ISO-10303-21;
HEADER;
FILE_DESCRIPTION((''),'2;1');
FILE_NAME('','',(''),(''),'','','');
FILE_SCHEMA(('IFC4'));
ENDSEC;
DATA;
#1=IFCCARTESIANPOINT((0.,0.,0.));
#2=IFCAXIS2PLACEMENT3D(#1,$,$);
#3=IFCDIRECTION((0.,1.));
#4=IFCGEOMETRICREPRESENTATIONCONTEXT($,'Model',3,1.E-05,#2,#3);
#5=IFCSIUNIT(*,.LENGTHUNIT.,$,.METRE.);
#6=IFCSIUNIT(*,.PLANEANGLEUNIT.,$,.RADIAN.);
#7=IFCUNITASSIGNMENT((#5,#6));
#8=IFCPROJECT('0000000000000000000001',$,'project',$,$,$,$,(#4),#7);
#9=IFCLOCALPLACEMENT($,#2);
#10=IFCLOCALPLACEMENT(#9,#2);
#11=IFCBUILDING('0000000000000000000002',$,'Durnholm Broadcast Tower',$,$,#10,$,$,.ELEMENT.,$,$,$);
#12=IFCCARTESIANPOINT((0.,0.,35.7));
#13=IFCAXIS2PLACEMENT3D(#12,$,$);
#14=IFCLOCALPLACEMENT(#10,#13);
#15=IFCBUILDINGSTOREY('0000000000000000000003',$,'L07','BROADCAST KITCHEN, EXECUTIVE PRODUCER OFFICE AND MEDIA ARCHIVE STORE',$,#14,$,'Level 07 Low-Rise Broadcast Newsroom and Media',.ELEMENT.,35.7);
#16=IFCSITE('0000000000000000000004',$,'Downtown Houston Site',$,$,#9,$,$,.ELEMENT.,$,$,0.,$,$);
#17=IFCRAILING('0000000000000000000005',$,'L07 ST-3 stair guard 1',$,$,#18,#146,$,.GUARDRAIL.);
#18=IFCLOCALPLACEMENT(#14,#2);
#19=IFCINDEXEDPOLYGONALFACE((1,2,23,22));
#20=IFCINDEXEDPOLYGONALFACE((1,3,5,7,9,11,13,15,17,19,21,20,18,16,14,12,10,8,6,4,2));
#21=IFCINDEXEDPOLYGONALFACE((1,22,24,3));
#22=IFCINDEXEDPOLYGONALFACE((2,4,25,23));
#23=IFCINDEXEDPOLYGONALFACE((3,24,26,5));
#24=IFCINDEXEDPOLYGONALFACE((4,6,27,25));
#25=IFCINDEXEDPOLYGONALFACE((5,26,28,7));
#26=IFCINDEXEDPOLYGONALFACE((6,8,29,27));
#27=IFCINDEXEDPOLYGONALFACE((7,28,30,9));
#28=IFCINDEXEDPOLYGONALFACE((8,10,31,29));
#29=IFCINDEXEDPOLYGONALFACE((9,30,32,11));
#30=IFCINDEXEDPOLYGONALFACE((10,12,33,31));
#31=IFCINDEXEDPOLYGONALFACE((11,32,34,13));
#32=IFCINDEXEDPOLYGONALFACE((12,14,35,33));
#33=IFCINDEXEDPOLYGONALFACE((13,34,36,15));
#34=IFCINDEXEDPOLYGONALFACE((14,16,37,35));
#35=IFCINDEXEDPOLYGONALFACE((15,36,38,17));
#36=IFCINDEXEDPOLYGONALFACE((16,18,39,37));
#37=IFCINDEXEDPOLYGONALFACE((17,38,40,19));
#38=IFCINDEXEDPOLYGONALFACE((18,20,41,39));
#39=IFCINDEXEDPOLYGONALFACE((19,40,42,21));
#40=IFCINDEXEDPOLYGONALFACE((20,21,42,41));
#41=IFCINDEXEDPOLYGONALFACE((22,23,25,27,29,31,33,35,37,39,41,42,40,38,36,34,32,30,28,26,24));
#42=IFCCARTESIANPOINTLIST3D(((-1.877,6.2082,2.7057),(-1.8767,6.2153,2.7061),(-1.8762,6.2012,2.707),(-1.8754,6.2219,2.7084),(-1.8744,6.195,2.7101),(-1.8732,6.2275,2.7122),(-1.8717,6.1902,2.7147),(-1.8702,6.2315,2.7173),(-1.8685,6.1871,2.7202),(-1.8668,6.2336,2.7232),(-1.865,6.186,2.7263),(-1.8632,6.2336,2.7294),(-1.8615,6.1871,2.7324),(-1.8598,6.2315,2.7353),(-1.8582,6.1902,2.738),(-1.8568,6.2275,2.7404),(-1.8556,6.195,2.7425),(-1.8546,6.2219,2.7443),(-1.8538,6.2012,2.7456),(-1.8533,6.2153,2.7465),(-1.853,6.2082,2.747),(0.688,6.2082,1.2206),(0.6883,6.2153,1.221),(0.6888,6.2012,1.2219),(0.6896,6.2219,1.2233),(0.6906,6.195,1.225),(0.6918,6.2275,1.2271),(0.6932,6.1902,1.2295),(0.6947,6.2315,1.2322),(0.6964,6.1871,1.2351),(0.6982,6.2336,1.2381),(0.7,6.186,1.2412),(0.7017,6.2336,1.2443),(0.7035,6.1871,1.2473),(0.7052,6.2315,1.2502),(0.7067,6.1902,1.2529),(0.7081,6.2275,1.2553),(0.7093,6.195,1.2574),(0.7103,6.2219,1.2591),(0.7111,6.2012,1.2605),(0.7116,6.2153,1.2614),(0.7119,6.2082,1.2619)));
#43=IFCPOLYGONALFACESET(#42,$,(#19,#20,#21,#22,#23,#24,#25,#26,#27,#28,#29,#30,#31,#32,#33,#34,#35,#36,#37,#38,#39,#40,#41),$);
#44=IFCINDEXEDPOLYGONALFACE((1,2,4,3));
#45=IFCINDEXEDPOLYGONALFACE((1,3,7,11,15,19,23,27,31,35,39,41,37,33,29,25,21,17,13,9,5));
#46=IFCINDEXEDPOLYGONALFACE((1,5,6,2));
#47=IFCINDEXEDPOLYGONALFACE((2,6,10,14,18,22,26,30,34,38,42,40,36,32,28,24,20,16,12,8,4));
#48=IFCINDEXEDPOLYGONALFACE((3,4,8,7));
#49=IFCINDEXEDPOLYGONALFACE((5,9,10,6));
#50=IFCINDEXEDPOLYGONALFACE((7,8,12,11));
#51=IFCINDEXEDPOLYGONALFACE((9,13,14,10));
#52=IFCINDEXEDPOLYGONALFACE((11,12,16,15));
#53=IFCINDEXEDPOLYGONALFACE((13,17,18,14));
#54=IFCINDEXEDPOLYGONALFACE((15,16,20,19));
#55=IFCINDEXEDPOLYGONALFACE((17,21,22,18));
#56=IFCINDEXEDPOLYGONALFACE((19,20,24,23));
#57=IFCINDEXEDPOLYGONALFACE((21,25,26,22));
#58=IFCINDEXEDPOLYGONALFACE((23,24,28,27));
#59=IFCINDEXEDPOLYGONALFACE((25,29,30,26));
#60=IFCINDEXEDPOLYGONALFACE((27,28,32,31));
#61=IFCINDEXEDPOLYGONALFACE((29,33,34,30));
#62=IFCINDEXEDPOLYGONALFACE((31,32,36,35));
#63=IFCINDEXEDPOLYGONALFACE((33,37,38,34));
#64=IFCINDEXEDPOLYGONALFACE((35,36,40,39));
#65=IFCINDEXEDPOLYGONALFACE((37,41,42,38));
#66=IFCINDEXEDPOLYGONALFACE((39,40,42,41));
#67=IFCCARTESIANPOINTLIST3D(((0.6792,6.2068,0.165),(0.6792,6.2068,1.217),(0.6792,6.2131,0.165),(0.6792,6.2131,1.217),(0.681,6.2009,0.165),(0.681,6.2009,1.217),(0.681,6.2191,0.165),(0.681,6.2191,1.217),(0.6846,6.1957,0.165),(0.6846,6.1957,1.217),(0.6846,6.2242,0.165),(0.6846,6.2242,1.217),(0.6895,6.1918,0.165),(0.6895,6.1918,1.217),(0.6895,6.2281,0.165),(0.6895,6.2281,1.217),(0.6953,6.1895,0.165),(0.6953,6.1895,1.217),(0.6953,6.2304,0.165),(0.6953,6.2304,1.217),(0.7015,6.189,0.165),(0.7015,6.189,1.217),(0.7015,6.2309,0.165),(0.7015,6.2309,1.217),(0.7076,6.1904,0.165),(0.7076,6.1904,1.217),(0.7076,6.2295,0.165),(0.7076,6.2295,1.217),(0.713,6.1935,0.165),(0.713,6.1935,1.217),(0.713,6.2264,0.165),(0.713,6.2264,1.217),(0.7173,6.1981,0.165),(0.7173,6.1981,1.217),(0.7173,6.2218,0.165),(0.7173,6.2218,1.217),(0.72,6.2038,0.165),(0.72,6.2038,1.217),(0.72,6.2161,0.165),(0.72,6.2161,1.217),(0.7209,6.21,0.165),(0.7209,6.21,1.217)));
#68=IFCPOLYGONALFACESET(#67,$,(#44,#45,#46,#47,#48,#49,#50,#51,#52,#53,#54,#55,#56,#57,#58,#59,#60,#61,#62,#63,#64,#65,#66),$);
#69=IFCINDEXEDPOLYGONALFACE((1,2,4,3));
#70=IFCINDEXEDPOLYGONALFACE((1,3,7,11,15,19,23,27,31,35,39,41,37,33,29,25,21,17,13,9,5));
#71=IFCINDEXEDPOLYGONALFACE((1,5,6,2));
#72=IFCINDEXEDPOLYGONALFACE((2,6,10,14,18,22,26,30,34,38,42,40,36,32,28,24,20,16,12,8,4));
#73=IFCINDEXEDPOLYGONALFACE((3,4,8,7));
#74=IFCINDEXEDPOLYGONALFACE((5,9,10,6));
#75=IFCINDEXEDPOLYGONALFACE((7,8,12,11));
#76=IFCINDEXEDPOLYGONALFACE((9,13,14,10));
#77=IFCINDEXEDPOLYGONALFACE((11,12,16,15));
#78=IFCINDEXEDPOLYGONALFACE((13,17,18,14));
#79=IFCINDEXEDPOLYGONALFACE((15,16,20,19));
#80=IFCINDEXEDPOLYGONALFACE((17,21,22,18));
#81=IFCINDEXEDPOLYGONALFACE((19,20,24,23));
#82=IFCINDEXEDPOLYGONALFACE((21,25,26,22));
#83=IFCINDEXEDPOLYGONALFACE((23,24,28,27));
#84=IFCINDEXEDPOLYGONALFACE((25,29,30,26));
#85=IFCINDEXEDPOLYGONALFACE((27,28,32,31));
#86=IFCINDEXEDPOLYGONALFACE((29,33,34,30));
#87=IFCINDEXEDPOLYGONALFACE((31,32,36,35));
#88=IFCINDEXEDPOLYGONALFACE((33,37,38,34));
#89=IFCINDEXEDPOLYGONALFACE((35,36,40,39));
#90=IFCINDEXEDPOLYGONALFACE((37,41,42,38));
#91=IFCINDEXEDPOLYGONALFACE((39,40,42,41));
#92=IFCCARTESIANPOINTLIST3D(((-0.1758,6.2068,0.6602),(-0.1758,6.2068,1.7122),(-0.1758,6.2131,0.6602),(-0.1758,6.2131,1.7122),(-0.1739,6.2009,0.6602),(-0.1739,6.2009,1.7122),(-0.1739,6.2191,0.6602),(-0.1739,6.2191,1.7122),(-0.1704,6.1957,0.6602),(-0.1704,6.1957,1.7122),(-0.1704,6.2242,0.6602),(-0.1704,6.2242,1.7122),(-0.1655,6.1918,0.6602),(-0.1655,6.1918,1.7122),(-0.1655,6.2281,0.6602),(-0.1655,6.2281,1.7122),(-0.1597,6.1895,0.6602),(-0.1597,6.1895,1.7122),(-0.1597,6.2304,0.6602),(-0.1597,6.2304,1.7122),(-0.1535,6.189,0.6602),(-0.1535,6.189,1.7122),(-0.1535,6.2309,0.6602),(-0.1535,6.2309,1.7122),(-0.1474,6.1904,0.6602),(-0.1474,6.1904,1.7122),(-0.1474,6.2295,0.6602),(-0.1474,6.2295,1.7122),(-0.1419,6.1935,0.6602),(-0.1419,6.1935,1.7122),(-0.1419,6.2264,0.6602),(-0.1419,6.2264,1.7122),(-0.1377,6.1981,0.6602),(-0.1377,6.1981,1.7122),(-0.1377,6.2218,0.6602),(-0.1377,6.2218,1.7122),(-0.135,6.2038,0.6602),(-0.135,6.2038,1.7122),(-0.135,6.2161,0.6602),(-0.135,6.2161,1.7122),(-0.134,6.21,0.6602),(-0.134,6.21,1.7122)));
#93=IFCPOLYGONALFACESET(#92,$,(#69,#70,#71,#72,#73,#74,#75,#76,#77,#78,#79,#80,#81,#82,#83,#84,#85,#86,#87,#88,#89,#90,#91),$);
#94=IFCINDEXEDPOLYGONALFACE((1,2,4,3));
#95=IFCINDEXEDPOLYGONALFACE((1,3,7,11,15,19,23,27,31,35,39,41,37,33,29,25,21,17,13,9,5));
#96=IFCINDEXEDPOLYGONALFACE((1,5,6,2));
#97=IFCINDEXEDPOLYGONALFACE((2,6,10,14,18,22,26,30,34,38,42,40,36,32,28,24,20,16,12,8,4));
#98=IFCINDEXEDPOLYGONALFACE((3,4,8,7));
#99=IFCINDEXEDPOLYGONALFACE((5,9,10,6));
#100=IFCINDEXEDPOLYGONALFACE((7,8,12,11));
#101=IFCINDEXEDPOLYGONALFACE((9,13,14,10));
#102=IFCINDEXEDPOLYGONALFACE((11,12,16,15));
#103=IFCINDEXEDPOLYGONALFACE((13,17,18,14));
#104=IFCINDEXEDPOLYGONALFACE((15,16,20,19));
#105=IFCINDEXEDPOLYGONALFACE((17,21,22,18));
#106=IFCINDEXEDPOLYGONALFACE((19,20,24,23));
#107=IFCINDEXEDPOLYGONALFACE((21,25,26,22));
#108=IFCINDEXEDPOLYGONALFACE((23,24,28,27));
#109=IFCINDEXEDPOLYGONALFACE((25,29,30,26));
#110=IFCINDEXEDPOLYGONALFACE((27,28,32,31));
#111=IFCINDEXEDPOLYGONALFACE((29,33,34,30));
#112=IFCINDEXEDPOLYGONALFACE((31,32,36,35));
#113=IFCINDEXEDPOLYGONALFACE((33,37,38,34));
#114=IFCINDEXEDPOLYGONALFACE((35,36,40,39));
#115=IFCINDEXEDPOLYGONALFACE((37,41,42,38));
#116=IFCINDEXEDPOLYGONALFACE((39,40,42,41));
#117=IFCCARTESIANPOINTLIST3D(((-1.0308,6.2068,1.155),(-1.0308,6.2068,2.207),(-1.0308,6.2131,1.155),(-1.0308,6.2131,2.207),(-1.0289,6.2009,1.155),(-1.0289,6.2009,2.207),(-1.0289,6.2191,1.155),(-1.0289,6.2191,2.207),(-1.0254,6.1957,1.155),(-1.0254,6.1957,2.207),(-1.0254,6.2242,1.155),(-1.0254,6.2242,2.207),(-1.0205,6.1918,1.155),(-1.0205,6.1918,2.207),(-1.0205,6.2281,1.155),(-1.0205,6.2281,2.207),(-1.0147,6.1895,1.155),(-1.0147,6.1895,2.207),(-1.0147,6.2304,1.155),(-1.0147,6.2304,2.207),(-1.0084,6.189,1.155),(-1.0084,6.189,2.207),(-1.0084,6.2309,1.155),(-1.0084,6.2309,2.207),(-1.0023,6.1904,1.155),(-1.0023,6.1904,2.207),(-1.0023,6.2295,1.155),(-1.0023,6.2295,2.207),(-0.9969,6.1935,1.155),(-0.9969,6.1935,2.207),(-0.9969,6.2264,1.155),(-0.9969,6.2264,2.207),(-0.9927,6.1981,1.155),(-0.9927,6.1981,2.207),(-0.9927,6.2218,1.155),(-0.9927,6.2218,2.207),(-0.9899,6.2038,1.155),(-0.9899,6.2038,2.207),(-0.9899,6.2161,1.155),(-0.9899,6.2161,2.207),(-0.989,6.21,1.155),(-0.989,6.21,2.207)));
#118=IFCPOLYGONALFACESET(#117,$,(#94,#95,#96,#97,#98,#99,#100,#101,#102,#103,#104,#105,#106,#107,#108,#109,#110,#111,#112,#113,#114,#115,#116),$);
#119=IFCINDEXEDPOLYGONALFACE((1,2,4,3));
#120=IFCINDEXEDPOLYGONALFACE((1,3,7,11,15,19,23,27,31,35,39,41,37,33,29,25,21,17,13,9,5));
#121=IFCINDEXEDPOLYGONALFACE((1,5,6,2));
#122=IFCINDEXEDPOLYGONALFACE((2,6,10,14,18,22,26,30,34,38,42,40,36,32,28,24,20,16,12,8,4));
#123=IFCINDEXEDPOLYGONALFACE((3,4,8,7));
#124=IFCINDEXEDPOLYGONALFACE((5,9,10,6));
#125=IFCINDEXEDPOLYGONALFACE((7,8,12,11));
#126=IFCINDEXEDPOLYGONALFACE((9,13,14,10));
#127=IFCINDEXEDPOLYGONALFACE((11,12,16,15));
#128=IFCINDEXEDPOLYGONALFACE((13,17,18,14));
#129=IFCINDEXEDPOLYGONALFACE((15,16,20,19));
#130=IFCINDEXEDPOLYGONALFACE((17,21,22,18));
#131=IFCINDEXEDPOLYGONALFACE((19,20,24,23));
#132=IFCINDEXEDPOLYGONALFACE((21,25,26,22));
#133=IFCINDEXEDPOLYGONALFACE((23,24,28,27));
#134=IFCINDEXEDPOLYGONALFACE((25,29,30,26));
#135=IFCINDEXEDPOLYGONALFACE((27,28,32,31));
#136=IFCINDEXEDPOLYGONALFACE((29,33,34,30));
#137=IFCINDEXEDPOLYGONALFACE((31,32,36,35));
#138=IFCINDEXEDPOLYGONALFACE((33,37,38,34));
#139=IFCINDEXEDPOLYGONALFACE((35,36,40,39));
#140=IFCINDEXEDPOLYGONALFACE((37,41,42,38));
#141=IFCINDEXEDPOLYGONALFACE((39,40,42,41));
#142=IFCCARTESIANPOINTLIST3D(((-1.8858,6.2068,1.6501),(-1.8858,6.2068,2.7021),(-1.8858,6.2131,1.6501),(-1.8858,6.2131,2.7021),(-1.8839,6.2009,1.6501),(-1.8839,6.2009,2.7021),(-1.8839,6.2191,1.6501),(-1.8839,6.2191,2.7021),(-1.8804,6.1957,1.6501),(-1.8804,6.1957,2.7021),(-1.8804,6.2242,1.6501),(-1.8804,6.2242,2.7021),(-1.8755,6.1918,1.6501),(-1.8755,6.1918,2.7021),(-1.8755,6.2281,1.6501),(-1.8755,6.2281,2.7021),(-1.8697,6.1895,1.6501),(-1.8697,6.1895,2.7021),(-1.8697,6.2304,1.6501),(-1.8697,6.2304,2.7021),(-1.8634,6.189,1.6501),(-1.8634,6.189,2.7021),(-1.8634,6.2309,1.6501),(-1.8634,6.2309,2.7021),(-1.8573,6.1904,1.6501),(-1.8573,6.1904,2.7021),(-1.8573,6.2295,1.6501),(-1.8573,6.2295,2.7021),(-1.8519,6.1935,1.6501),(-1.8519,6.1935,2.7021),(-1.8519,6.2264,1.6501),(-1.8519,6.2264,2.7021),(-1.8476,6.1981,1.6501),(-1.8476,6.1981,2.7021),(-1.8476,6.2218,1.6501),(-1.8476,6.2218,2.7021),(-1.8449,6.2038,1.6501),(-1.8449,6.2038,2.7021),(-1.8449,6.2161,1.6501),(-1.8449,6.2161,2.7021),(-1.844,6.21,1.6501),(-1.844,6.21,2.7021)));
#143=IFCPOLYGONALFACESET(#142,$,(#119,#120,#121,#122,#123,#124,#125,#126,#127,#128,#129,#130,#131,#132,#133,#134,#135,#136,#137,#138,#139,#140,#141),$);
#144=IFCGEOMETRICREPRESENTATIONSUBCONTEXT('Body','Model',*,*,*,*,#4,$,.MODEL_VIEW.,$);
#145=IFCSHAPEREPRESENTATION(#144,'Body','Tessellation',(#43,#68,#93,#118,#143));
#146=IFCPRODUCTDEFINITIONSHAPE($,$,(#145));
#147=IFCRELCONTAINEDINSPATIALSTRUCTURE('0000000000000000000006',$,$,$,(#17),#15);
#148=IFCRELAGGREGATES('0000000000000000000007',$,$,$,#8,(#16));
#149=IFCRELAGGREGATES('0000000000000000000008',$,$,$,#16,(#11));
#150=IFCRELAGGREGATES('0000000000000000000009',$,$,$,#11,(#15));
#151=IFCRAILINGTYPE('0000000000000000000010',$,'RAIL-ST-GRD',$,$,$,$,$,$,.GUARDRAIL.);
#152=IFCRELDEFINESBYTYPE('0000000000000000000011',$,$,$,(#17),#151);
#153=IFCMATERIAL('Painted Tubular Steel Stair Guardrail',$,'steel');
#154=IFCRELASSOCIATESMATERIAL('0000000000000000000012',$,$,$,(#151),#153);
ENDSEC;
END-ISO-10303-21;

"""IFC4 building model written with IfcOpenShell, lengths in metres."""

from ifc_helpers import new_model, si_unit, direction, frame, origin, origin_2d, place, context, subcontext, project, spatial, circle, extrude, material, type_object, element, save


model = new_model("IFC4")

# Units and contexts
model_context = context("Model", 3, precision=1e-05, world=origin(), true_north=direction((0.0, 1.0)))
body_context = subcontext(model_context, "Body", "Model", "MODEL_VIEW")
ifc_project = project(units=[si_unit("LENGTHUNIT", "METRE"), si_unit("PLANEANGLEUNIT", "RADIAN")], contexts=[model_context])

# Site, building, storey
site_placement = place(None, origin())
site = spatial("IfcSite", under=ifc_project, at=site_placement, Name="Downtown Houston Site", CompositionType="ELEMENT", RefElevation=0.0)
building_placement = place(site_placement, origin())
building = spatial("IfcBuilding", under=site, at=building_placement, Name="Durnholm Broadcast Tower", CompositionType="ELEMENT")
storey_placement = place(building_placement, frame((0.0, 0.0, 35.7)))
storey = spatial("IfcBuildingStorey", under=building, at=storey_placement, Name="L07", Description="BROADCAST KITCHEN, EXECUTIVE PRODUCER OFFICE AND MEDIA ARCHIVE STORE", LongName="Level 07 Low-Rise Broadcast Newsroom and Media", CompositionType="ELEMENT", Elevation=35.7)

# Railing
ifc_material_1 = material(Name="Painted Tubular Steel Stair Guardrail", Category="steel")
railing_type_1 = type_object("IfcRailingType", Name="RAIL-ST-GRD", PredefinedType="GUARDRAIL", material=ifc_material_1)
railing_1_placement = place(storey_placement, frame((0.7, 6.21, 0.165)))
element("IfcRailing", 1, at=railing_1_placement, inside=storey, type_object=railing_type_1, Name="L07 ST-3 stair guard 1", PredefinedType="GUARDRAIL", context=body_context, shape_type="SweptSolid", body=[
    extrude(circle(Radius=0.0239, at=origin_2d()), frame((0.0, 0.0, 1.0762), z_axis=(-0.865406, 0.0, 0.501072), x_axis=(0.0, -1.0, 0.0)), (0.0, 0.0, 1.0), 2.9639),
    extrude(circle(Radius=0.021, at=origin_2d()), origin(), (0.0, 0.0, 1.0), 1.052),
    extrude(circle(Radius=0.021, at=origin_2d()), frame((-0.855, 0.0, 0.4951)), (0.0, 0.0, 1.0), 1.052),
    extrude(circle(Radius=0.021, at=origin_2d()), frame((-1.71, 0.0, 0.99)), (0.0, 0.0, 1.0), 1.052),
    extrude(circle(Radius=0.021, at=origin_2d()), frame((-2.5649, 0.0, 1.4851)), (0.0, 0.0, 1.0), 1.052),
])

save(model, "model.ifc")
